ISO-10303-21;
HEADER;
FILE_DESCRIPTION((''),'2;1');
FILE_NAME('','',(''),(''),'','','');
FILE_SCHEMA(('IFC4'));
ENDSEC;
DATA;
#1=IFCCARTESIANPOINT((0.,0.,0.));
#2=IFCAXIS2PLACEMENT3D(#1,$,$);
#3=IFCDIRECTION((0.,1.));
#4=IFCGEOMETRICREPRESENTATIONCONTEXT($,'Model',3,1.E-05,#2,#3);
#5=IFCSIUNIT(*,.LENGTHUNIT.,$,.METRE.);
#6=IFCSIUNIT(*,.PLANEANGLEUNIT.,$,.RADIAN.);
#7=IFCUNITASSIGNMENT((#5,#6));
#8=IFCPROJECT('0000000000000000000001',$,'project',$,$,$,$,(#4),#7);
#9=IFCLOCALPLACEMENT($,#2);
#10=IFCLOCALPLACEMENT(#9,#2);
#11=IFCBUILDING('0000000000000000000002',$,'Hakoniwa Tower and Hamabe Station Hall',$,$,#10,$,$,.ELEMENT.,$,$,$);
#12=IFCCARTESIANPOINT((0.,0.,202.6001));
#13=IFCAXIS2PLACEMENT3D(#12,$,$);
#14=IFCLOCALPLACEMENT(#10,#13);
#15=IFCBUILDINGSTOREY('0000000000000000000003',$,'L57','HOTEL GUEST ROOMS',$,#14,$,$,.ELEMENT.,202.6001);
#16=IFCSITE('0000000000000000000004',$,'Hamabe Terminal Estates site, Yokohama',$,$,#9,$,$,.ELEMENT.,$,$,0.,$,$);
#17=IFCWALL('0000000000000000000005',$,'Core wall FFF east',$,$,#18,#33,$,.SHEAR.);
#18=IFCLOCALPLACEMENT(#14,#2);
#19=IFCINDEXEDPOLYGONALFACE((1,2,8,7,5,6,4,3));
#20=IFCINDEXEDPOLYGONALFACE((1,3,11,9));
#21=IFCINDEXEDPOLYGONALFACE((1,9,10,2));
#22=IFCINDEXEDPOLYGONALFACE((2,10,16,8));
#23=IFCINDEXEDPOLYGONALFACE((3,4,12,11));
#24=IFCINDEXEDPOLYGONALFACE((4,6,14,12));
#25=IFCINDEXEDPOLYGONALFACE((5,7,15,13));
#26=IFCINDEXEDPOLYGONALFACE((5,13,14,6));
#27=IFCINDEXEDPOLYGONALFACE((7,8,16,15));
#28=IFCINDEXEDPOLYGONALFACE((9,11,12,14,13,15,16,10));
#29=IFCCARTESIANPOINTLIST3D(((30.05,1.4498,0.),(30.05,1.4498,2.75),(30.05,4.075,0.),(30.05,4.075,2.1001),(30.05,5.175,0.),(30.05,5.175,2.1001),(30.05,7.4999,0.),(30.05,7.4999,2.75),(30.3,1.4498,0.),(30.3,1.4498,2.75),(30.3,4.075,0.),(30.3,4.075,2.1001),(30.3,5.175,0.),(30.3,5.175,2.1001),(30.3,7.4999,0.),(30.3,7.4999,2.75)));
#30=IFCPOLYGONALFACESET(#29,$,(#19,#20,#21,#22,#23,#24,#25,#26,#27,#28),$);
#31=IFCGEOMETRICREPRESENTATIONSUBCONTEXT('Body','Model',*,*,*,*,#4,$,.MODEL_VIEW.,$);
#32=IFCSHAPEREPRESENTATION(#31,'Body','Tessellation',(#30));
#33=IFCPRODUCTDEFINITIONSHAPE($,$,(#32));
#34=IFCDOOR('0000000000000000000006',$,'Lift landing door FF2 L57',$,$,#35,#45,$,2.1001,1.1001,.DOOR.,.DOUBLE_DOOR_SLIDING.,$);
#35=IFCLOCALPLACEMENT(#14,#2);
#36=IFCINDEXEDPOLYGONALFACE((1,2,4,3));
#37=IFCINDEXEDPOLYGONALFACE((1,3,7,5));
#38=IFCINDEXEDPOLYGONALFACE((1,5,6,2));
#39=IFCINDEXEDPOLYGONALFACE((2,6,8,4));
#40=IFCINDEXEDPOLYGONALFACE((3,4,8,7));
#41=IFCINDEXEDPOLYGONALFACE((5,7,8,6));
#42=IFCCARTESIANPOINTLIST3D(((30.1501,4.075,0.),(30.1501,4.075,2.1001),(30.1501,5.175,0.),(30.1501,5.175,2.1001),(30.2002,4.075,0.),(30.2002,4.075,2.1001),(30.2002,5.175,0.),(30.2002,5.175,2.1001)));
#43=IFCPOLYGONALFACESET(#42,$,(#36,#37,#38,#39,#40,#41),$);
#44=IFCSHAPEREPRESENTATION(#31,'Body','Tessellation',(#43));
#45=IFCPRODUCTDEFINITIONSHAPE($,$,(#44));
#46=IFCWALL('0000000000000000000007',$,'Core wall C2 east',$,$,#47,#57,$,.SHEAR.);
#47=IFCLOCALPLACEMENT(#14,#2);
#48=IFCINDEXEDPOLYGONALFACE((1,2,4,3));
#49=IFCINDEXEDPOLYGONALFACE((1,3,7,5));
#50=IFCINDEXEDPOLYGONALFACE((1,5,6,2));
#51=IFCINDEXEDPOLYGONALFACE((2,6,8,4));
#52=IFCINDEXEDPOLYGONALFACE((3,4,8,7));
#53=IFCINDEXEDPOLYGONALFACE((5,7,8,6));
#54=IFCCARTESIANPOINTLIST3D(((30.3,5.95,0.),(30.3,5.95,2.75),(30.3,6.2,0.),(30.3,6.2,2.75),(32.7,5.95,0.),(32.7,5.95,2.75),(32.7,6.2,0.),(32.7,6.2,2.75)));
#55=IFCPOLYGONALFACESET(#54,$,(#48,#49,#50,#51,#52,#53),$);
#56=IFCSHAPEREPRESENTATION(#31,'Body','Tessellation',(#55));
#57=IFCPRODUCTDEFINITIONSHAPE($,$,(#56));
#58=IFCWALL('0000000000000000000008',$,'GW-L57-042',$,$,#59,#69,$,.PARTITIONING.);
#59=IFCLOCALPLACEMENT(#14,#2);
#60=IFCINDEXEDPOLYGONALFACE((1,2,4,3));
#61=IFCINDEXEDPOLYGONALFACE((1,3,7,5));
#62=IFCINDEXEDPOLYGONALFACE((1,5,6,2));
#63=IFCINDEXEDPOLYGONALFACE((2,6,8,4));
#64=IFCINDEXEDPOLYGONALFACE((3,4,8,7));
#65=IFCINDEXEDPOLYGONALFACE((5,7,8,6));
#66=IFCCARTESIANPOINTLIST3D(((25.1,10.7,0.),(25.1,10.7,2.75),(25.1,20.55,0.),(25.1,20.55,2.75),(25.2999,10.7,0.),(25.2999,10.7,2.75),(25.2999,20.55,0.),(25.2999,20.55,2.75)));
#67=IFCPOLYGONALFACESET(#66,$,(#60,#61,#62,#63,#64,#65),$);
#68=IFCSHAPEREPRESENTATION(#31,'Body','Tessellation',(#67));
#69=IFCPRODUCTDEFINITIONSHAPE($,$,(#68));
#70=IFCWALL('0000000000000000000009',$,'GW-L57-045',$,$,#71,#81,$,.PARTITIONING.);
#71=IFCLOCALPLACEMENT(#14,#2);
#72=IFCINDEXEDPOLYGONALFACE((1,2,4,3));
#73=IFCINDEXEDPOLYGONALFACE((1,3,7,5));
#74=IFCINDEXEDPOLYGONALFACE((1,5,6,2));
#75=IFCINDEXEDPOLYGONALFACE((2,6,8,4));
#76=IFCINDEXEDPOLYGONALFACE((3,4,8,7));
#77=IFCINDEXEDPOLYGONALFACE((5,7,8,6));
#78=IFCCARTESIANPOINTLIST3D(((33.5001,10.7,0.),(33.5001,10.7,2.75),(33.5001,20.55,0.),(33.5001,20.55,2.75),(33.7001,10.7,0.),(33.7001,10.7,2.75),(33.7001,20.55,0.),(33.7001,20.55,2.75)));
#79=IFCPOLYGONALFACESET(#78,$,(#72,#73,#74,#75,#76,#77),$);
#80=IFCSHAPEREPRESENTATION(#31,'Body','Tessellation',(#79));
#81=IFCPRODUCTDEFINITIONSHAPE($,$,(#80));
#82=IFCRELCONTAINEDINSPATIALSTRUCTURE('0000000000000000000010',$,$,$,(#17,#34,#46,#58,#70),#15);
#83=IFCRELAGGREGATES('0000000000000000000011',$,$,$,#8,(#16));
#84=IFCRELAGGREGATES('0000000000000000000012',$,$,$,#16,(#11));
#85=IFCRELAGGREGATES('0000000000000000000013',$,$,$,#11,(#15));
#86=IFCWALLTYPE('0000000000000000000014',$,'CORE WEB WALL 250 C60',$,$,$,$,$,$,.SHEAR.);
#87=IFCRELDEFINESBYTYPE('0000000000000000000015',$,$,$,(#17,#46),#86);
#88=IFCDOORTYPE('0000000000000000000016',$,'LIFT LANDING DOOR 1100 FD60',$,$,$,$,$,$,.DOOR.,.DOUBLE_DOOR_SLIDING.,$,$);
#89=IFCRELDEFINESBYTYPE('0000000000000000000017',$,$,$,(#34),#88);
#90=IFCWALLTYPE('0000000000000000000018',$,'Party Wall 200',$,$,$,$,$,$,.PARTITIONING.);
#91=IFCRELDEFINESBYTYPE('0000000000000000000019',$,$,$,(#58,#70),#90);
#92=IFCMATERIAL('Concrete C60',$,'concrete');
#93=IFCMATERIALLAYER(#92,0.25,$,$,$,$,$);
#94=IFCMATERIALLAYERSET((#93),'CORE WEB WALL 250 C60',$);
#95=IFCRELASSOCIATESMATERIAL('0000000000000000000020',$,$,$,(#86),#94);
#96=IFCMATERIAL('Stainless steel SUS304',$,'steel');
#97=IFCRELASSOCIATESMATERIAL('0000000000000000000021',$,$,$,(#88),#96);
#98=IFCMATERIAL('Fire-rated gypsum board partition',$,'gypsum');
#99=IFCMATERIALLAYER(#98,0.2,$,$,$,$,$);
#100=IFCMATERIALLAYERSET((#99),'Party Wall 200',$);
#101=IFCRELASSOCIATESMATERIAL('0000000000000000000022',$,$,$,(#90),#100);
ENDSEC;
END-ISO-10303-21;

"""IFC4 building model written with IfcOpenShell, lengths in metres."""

from ifc_helpers import new_model, si_unit, direction, frame, frame_2d, origin, place, context, subcontext, project, spatial, rectangle, extrude, material, layer, layer_set, type_object, element, fill, save


model = new_model("IFC4")

# Units and contexts
model_context = context("Model", 3, precision=1e-05, world=origin(), true_north=direction((0.0, 1.0)))
body_context = subcontext(model_context, "Body", "Model", "MODEL_VIEW")
ifc_project = project(units=[si_unit("LENGTHUNIT", "METRE"), si_unit("PLANEANGLEUNIT", "RADIAN")], contexts=[model_context])

# Site, building, storey
site_placement = place(None, origin())
site = spatial("IfcSite", under=ifc_project, at=site_placement, Name="Hamabe Terminal Estates site, Yokohama", CompositionType="ELEMENT", RefElevation=0.0)
building_placement = place(site_placement, origin())
building = spatial("IfcBuilding", under=site, at=building_placement, Name="Hakoniwa Tower and Hamabe Station Hall", CompositionType="ELEMENT")
storey_placement = place(building_placement, frame((0.0, 0.0, 202.6001)))
storey = spatial("IfcBuildingStorey", under=building, at=storey_placement, Name="L57", Description="HOTEL GUEST ROOMS", CompositionType="ELEMENT", Elevation=202.6001)

# Shared definitions
ifc_material_1 = material(Name="Concrete C60", Category="concrete")
ifc_layer_1 = layer(ifc_material_1, 0.25)
ifc_layer_set_1 = layer_set([ifc_layer_1], Name="CORE WEB WALL 250 C60")
wall_type_1 = type_object("IfcWallType", Name="CORE WEB WALL 250 C60", PredefinedType="SHEAR", material=ifc_layer_set_1)

# Wall, opening, door
wall_1_placement = place(storey_placement, frame((30.175, 1.45, 0.0), z_axis=(0.0, 0.0, 1.0), x_axis=(0.0, 1.0, 0.0)))
wall_1 = element("IfcWall", 1, at=wall_1_placement, inside=storey, type_object=wall_type_1, Name="Core wall FFF east", PredefinedType="SHEAR", context=body_context, shape_type="SweptSolid", body=[
    extrude(rectangle(XDim=6.05, YDim=0.25, at=frame_2d((3.0249, 0.0))), origin(), (0.0, 0.0, 1.0), 2.75),
])
opening_1_placement = place(wall_1_placement, frame((2.625, 0.0, 0.0)))
opening_1 = element("IfcOpeningElement", 2, at=opening_1_placement, cuts=wall_1, PredefinedType="OPENING", context=body_context, shape_type="SweptSolid", body=[
    extrude(rectangle(XDim=1.1001, YDim=2.1001, at=frame_2d((0.55, 1.05))), frame((0.0, 0.135, 0.0), z_axis=(0.0, -1.0, 0.0), x_axis=(1.0, 0.0, 0.0)), (0.0, 0.0, 1.0), 0.27),
])
ifc_material_2 = material(Name="Stainless steel SUS304", Category="steel")
door_type_1 = type_object("IfcDoorType", Name="LIFT LANDING DOOR 1100 FD60", OperationType="DOUBLE_DOOR_SLIDING", PredefinedType="DOOR", material=ifc_material_2)
door_1_placement = place(opening_1_placement, origin())
door_1 = element("IfcDoor", 3, at=door_1_placement, inside=storey, type_object=door_type_1, Name="Lift landing door FF2 L57", OperationType="DOUBLE_DOOR_SLIDING", OverallHeight=2.1001, OverallWidth=1.1001, PredefinedType="DOOR", context=body_context, shape_type="SweptSolid", body=[
    extrude(rectangle(XDim=1.1001, YDim=2.1001, at=frame_2d((0.55, 1.05))), frame((0.0, 0.0249, 0.0), z_axis=(0.0, -1.0, 0.0), x_axis=(1.0, 0.0, 0.0)), (0.0, 0.0, 1.0), 0.05),
])
fill(opening_1, door_1)

# Walls
wall_2_placement = place(storey_placement, frame((30.3, 6.075, 0.0), z_axis=(0.0, 0.0, 1.0), x_axis=(1.0, 0.0, 0.0)))
element("IfcWall", 4, at=wall_2_placement, inside=storey, type_object=wall_type_1, Name="Core wall C2 east", PredefinedType="SHEAR", context=body_context, shape_type="SweptSolid", body=[
    extrude(rectangle(XDim=2.3999, YDim=0.25, at=frame_2d((1.2, 0.0))), origin(), (0.0, 0.0, 1.0), 2.75),
])
ifc_material_3 = material(Name="Fire-rated gypsum board partition", Category="gypsum")
ifc_layer_2 = layer(ifc_material_3, 0.2)
ifc_layer_set_2 = layer_set([ifc_layer_2], Name="Party Wall 200")
wall_type_2 = type_object("IfcWallType", Name="Party Wall 200", PredefinedType="PARTITIONING", material=ifc_layer_set_2)
for number, where, z_axis, x_axis, name in (
    (5, (25.2, 10.7, 0.0), (0.0, 0.0, 1.0), (0.0, 1.0, 0.0), "GW-L57-042"),
    (6, (33.6001, 10.7, 0.0), (0.0, 0.0, 1.0), (0.0, 1.0, 0.0), "GW-L57-045"),
):
    element("IfcWall", number, at=place(storey_placement, frame(where, z_axis=z_axis, x_axis=x_axis)), inside=storey, type_object=wall_type_2, Name=name, PredefinedType="PARTITIONING", context=body_context, shape_type="SweptSolid", body=[
        extrude(rectangle(XDim=9.8501, YDim=0.2, at=frame_2d((4.925, 0.0))), origin(), (0.0, 0.0, 1.0), 2.75),
    ])

save(model, "model.ifc")
